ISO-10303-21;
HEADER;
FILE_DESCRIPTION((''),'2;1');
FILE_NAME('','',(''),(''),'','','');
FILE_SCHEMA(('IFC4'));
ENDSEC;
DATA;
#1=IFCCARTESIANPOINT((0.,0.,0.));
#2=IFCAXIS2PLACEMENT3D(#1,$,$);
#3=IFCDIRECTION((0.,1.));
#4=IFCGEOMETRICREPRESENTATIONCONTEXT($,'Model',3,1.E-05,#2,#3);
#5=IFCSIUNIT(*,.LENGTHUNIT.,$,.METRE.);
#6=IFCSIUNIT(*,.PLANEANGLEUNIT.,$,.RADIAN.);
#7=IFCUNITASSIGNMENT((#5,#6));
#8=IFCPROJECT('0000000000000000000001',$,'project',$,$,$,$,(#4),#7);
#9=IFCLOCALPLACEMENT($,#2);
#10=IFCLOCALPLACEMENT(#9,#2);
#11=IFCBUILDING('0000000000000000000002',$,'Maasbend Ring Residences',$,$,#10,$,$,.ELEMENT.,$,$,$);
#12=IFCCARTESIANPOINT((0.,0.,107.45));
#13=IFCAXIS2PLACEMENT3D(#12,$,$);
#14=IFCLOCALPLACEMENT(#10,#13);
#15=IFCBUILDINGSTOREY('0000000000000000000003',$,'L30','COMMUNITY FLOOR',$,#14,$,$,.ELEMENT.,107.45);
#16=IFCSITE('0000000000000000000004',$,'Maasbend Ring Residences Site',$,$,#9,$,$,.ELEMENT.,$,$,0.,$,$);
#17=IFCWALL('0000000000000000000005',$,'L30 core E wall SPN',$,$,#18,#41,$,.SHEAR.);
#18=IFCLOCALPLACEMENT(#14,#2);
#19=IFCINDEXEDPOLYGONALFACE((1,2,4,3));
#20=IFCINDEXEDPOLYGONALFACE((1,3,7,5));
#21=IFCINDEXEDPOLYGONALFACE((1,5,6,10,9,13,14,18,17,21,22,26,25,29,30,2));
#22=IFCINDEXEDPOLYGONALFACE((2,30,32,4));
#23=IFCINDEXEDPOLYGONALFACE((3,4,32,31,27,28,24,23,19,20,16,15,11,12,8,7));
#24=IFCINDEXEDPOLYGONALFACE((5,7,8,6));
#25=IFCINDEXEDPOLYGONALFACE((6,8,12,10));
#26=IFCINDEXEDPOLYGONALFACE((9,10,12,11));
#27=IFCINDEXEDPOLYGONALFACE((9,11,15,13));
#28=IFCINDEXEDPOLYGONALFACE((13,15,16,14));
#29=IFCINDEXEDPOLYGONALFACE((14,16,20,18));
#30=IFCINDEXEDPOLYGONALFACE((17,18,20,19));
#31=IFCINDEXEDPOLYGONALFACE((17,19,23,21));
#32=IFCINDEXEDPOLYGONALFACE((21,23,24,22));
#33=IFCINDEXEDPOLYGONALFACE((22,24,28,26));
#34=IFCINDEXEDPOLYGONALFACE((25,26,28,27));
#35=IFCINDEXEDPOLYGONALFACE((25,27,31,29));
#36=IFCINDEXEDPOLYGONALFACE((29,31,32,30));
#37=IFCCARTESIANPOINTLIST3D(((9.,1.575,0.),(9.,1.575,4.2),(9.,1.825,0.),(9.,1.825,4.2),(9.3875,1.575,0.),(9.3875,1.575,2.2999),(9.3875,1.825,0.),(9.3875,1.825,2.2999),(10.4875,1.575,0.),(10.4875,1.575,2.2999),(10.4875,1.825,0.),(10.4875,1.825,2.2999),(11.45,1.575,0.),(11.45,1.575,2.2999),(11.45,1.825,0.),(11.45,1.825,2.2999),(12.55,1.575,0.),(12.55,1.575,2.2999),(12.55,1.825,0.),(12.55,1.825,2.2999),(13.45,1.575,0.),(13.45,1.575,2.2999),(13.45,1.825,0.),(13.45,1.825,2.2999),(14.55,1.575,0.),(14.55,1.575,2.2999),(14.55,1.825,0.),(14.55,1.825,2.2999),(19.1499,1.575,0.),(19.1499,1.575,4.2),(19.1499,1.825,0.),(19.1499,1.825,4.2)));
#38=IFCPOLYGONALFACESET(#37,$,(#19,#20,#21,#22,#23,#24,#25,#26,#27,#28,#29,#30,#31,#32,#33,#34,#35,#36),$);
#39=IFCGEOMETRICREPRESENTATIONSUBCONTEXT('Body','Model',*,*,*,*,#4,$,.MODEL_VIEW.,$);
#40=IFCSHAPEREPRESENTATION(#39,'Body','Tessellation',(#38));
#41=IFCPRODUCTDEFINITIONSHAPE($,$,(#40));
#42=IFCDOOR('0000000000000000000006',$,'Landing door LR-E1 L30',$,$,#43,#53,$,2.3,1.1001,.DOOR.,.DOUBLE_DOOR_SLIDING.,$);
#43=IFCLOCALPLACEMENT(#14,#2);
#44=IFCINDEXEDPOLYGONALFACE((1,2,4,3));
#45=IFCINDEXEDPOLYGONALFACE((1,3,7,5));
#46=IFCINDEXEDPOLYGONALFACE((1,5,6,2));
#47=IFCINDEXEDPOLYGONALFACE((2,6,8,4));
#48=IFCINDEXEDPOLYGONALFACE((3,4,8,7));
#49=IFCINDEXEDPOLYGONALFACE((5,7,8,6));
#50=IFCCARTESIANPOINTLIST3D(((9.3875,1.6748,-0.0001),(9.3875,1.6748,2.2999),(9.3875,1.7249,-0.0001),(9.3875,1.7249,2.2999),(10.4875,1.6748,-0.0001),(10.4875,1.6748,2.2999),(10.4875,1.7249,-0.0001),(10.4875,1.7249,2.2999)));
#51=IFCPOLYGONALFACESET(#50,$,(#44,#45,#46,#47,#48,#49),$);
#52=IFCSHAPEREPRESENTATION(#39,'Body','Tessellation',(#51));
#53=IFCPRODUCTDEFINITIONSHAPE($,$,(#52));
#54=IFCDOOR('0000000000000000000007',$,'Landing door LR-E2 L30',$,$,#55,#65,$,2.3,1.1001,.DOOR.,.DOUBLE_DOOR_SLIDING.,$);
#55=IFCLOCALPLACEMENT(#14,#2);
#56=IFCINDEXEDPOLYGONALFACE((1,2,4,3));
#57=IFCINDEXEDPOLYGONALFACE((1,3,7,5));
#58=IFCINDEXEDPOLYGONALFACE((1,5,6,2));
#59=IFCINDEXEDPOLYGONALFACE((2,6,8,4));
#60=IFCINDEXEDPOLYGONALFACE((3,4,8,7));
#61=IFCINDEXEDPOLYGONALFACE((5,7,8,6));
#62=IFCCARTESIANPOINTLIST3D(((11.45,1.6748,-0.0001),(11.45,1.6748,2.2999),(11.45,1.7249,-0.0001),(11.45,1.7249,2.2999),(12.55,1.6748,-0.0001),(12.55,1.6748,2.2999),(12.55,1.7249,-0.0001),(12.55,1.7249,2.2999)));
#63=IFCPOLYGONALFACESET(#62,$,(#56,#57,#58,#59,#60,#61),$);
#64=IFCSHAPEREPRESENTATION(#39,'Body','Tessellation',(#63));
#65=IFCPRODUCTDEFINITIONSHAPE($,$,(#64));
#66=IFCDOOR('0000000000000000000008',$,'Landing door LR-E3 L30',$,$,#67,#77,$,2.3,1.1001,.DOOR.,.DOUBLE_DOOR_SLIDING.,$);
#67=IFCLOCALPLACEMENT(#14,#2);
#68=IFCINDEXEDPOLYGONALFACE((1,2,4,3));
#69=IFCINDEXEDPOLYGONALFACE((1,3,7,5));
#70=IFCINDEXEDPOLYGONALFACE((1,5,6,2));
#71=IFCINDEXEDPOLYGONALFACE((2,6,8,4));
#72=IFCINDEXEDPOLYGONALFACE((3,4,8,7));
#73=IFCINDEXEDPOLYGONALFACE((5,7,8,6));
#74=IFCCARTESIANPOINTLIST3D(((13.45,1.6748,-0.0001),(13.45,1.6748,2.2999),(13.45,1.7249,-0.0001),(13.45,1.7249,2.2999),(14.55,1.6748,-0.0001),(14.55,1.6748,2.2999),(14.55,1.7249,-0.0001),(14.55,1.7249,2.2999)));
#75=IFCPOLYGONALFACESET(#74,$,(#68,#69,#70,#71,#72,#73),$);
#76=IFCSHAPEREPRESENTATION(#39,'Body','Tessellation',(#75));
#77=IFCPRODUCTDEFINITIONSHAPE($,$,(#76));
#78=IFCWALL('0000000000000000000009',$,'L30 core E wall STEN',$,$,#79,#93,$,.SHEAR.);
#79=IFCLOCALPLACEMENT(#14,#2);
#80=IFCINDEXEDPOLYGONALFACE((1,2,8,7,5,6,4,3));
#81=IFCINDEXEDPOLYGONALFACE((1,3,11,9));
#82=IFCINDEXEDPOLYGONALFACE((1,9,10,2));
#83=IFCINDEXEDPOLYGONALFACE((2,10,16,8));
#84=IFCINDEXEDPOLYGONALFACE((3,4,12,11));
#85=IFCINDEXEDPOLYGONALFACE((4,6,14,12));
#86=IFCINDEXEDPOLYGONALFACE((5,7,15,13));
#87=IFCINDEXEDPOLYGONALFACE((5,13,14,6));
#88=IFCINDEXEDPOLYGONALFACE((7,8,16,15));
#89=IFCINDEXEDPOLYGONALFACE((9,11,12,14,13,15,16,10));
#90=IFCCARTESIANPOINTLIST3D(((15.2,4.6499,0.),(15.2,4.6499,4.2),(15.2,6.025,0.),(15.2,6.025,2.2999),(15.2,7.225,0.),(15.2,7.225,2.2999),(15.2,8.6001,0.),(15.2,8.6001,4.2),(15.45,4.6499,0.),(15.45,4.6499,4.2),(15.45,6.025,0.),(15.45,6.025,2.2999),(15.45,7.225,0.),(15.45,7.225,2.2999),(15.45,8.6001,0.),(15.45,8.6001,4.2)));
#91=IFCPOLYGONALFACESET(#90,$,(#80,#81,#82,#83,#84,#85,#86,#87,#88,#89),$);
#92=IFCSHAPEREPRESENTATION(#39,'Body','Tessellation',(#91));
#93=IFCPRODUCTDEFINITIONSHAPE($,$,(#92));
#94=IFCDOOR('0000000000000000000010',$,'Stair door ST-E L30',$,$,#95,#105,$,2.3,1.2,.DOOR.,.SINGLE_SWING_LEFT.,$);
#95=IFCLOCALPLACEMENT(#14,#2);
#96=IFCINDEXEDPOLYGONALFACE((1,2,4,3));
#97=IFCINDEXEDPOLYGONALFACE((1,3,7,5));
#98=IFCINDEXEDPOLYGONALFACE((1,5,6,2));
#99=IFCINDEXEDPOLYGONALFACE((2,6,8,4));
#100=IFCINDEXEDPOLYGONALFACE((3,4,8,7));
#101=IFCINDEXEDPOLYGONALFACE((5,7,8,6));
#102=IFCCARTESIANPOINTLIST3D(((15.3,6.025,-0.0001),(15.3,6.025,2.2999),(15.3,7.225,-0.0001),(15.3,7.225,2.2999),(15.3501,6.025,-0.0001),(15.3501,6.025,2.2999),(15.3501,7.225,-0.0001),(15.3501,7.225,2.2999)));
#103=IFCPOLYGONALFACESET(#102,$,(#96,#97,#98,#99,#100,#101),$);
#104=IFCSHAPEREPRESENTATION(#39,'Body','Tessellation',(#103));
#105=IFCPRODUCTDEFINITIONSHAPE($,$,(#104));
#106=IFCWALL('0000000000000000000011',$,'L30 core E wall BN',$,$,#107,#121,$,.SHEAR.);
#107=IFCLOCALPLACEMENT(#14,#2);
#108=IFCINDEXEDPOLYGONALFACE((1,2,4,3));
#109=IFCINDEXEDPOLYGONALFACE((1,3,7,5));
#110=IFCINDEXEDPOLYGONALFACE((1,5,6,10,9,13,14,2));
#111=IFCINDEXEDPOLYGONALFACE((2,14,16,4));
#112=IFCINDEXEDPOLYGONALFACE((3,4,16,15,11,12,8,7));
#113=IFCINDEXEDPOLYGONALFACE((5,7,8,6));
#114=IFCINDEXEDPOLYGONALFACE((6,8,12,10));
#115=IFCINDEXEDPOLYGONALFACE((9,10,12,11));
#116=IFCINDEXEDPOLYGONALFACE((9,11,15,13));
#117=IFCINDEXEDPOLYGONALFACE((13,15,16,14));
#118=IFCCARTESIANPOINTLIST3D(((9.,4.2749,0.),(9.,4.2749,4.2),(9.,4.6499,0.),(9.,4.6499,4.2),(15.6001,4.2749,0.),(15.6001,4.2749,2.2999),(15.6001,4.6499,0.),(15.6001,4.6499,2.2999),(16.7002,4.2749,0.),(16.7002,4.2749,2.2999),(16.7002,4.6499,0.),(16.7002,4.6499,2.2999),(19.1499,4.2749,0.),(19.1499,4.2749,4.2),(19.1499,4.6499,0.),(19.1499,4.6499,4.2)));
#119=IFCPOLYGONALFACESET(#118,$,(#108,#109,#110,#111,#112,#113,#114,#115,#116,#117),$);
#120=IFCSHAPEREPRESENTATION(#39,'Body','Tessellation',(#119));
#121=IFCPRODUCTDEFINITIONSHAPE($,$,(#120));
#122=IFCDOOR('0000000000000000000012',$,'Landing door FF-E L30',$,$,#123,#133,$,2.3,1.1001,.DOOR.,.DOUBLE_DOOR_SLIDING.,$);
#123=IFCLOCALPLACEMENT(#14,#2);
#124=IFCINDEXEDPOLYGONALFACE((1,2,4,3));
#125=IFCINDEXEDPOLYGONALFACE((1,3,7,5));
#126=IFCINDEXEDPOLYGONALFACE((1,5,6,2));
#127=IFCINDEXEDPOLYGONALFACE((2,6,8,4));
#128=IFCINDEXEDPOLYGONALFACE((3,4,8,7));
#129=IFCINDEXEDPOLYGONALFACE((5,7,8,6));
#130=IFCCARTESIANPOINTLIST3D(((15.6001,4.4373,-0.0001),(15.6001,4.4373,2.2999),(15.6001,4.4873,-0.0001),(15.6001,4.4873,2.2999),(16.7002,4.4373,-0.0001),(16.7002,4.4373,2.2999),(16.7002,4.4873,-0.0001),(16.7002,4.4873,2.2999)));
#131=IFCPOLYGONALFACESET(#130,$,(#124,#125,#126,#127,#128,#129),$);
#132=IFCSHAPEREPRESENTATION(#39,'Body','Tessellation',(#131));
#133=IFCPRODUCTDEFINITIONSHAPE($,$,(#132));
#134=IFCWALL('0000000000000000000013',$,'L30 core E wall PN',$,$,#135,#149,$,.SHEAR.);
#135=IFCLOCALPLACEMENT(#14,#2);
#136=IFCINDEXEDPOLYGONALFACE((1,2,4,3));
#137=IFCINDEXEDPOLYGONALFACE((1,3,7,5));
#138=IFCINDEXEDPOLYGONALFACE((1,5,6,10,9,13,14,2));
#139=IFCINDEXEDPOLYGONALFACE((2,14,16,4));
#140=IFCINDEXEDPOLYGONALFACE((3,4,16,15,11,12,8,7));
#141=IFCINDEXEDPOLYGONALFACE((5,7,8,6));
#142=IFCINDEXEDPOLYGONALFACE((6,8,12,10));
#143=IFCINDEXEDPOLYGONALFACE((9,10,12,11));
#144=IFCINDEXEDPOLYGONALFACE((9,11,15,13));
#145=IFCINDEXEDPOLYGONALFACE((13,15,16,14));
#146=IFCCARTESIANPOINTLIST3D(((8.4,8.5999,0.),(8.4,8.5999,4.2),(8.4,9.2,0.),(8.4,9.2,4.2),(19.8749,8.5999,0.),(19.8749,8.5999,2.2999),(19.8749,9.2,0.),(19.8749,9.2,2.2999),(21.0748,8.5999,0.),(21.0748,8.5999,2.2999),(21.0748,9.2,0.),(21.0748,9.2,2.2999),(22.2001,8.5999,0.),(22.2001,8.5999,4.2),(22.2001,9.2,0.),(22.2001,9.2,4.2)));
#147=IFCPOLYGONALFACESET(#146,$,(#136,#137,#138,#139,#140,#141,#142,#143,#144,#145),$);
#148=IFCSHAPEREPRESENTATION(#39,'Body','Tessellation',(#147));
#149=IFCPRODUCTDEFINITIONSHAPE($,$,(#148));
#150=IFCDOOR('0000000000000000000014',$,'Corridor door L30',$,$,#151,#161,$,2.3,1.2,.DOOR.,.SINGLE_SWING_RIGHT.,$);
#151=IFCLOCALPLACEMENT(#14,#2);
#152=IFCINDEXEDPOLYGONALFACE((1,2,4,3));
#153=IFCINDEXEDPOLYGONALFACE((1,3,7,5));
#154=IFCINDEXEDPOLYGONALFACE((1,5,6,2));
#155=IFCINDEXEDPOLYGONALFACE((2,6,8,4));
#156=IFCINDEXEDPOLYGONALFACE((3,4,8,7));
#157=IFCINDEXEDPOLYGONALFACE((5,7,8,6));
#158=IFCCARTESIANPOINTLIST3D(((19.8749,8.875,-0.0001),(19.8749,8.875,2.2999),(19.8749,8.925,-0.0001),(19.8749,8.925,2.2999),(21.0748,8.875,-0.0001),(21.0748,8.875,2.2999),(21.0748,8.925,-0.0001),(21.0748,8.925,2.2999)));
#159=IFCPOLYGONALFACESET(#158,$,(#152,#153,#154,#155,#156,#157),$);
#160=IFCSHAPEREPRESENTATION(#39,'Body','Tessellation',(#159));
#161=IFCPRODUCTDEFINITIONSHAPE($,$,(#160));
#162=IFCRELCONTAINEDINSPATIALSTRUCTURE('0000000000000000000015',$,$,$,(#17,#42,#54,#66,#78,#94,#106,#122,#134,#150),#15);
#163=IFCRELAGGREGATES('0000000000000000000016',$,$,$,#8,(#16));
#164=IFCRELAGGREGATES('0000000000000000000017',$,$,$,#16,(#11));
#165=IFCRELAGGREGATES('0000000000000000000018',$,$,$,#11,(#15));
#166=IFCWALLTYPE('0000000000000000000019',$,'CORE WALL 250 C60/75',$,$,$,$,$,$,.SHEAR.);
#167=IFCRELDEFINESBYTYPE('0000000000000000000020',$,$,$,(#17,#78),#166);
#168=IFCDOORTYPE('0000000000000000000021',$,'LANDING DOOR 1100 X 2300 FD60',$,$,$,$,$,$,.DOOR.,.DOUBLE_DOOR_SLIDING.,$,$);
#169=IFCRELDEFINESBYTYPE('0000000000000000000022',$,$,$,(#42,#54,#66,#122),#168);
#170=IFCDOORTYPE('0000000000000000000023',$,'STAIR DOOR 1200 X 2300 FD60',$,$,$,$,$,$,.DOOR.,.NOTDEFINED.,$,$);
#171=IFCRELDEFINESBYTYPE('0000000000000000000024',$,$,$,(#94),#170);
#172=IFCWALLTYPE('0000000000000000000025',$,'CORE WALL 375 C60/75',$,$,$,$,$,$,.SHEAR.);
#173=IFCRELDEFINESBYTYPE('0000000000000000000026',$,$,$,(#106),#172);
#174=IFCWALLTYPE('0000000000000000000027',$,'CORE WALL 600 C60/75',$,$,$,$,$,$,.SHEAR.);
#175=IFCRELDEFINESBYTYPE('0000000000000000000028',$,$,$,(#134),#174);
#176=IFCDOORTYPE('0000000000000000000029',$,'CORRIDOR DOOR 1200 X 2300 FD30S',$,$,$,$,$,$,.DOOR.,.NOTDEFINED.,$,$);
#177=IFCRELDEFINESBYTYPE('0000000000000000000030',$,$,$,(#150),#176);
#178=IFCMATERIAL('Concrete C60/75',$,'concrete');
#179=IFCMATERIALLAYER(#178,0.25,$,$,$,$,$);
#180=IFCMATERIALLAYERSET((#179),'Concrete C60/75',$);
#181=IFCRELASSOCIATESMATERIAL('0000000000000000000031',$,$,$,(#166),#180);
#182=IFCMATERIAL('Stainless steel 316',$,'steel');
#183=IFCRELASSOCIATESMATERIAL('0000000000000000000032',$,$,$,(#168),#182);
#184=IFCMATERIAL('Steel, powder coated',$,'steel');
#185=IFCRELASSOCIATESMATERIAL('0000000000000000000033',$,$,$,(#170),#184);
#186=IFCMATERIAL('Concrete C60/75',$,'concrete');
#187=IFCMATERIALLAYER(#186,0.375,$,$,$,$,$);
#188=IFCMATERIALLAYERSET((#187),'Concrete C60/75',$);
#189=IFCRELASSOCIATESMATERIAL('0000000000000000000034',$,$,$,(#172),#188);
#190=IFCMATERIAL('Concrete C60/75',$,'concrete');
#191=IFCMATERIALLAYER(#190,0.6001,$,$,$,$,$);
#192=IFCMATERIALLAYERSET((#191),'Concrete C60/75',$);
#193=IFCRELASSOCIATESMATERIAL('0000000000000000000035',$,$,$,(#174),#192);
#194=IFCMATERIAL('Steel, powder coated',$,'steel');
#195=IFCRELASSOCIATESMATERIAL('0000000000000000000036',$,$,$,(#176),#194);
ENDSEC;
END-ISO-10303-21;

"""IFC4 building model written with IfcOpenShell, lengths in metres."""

from ifc_helpers import new_model, si_unit, direction, frame, frame_2d, origin, place, context, subcontext, project, spatial, rectangle, extrude, material, layer, layer_set, type_object, element, fill, save


model = new_model("IFC4")

# Units and contexts
model_context = context("Model", 3, precision=1e-05, world=origin(), true_north=direction((0.0, 1.0)))
body_context = subcontext(model_context, "Body", "Model", "MODEL_VIEW")
ifc_project = project(units=[si_unit("LENGTHUNIT", "METRE"), si_unit("PLANEANGLEUNIT", "RADIAN")], contexts=[model_context])

# Site, building, storey
site_placement = place(None, origin())
site = spatial("IfcSite", under=ifc_project, at=site_placement, Name="Maasbend Ring Residences Site", CompositionType="ELEMENT", RefElevation=0.0)
building_placement = place(site_placement, origin())
building = spatial("IfcBuilding", under=site, at=building_placement, Name="Maasbend Ring Residences", CompositionType="ELEMENT")
storey_placement = place(building_placement, frame((0.0, 0.0, 107.45)))
storey = spatial("IfcBuildingStorey", under=building, at=storey_placement, Name="L30", Description="COMMUNITY FLOOR", CompositionType="ELEMENT", Elevation=107.45)

# Wall, openings, doors
ifc_material_1 = material(Name="Concrete C60/75", Category="concrete")
ifc_layer_1 = layer(ifc_material_1, 0.25)
ifc_layer_set_1 = layer_set([ifc_layer_1], Name="Concrete C60/75")
wall_type_1 = type_object("IfcWallType", Name="CORE WALL 250 C60/75", PredefinedType="SHEAR", material=ifc_layer_set_1)
wall_1_placement = place(storey_placement, frame((9.0, 1.7, 0.0), z_axis=(0.0, 0.0, 1.0), x_axis=(1.0, 0.0, 0.0)))
wall_1 = element("IfcWall", 1, at=wall_1_placement, inside=storey, type_object=wall_type_1, Name="L30 core E wall SPN", PredefinedType="SHEAR", context=body_context, shape_type="SweptSolid", body=[
    extrude(rectangle(XDim=10.1499, YDim=0.25, at=frame_2d((5.075, 0.0))), origin(), (0.0, 0.0, 1.0), 4.2),
])
opening_1_placement = place(wall_1_placement, frame((0.3875, 0.0, 0.0)))
opening_1 = element("IfcOpeningElement", 2, at=opening_1_placement, cuts=wall_1, PredefinedType="OPENING", context=body_context, shape_type="SweptSolid", body=[
    extrude(rectangle(XDim=1.1001, YDim=2.3, at=frame_2d((0.55, 1.1499))), frame((0.0, 0.135, 0.0), z_axis=(0.0, -1.0, 0.0), x_axis=(1.0, 0.0, 0.0)), (0.0, 0.0, 1.0), 0.27),
])
opening_2_placement = place(wall_1_placement, frame((2.45, 0.0, 0.0)))
opening_2 = element("IfcOpeningElement", 3, at=opening_2_placement, cuts=wall_1, PredefinedType="OPENING", context=body_context, shape_type="SweptSolid", body=[
    extrude(rectangle(XDim=1.1001, YDim=2.3, at=frame_2d((0.55, 1.1499))), frame((0.0, 0.135, 0.0), z_axis=(0.0, -1.0, 0.0), x_axis=(1.0, 0.0, 0.0)), (0.0, 0.0, 1.0), 0.27),
])
opening_3_placement = place(wall_1_placement, frame((4.45, 0.0, 0.0)))
opening_3 = element("IfcOpeningElement", 4, at=opening_3_placement, cuts=wall_1, PredefinedType="OPENING", context=body_context, shape_type="SweptSolid", body=[
    extrude(rectangle(XDim=1.1001, YDim=2.3, at=frame_2d((0.55, 1.1499))), frame((0.0, 0.135, 0.0), z_axis=(0.0, -1.0, 0.0), x_axis=(1.0, 0.0, 0.0)), (0.0, 0.0, 1.0), 0.27),
])
ifc_material_2 = material(Name="Stainless steel 316", Category="steel")
door_type_1 = type_object("IfcDoorType", Name="LANDING DOOR 1100 X 2300 FD60", OperationType="DOUBLE_DOOR_SLIDING", PredefinedType="DOOR", material=ifc_material_2)
door_1_placement = place(opening_1_placement, origin())
door_1 = element("IfcDoor", 5, at=door_1_placement, inside=storey, type_object=door_type_1, Name="Landing door LR-E1 L30", OperationType="DOUBLE_DOOR_SLIDING", OverallHeight=2.3, OverallWidth=1.1001, PredefinedType="DOOR", context=body_context, shape_type="SweptSolid", body=[
    extrude(rectangle(XDim=1.1001, YDim=2.3, at=frame_2d((0.55, 1.1499))), frame((0.0, 0.0249, 0.0), z_axis=(0.0, -1.0, 0.0), x_axis=(1.0, 0.0, 0.0)), (0.0, 0.0, 1.0), 0.05),
])
fill(opening_1, door_1)
door_2_placement = place(opening_2_placement, origin())
door_2 = element("IfcDoor", 6, at=door_2_placement, inside=storey, type_object=door_type_1, Name="Landing door LR-E2 L30", OperationType="DOUBLE_DOOR_SLIDING", OverallHeight=2.3, OverallWidth=1.1001, PredefinedType="DOOR", context=body_context, shape_type="SweptSolid", body=[
    extrude(rectangle(XDim=1.1001, YDim=2.3, at=frame_2d((0.55, 1.1499))), frame((0.0, 0.0249, 0.0), z_axis=(0.0, -1.0, 0.0), x_axis=(1.0, 0.0, 0.0)), (0.0, 0.0, 1.0), 0.05),
])
fill(opening_2, door_2)
door_3_placement = place(opening_3_placement, origin())
door_3 = element("IfcDoor", 7, at=door_3_placement, inside=storey, type_object=door_type_1, Name="Landing door LR-E3 L30", OperationType="DOUBLE_DOOR_SLIDING", OverallHeight=2.3, OverallWidth=1.1001, PredefinedType="DOOR", context=body_context, shape_type="SweptSolid", body=[
    extrude(rectangle(XDim=1.1001, YDim=2.3, at=frame_2d((0.55, 1.1499))), frame((0.0, 0.0249, 0.0), z_axis=(0.0, -1.0, 0.0), x_axis=(1.0, 0.0, 0.0)), (0.0, 0.0, 1.0), 0.05),
])
fill(opening_3, door_3)

# Walls, openings, doors
wall_2_placement = place(storey_placement, frame((15.325, 4.6499, 0.0), z_axis=(0.0, 0.0, 1.0), x_axis=(0.0, 1.0, 0.0)))
wall_2 = element("IfcWall", 8, at=wall_2_placement, inside=storey, type_object=wall_type_1, Name="L30 core E wall STEN", PredefinedType="SHEAR", context=body_context, shape_type="SweptSolid", body=[
    extrude(rectangle(XDim=3.9502, YDim=0.25, at=frame_2d((1.9751, 0.0))), origin(), (0.0, 0.0, 1.0), 4.2),
])
opening_4_placement = place(wall_2_placement, frame((1.375, 0.0, 0.0)))
opening_4 = element("IfcOpeningElement", 9, at=opening_4_placement, cuts=wall_2, PredefinedType="OPENING", context=body_context, shape_type="SweptSolid", body=[
    extrude(rectangle(XDim=1.2, YDim=2.3, at=frame_2d((0.6001, 1.1499))), frame((0.0, 0.135, 0.0), z_axis=(0.0, -1.0, 0.0), x_axis=(1.0, 0.0, 0.0)), (0.0, 0.0, 1.0), 0.27),
])
ifc_material_3 = material(Name="Steel, powder coated", Category="steel")
door_type_2 = type_object("IfcDoorType", Name="STAIR DOOR 1200 X 2300 FD60", OperationType="NOTDEFINED", PredefinedType="DOOR", material=ifc_material_3)
door_4_placement = place(opening_4_placement, origin())
door_4 = element("IfcDoor", 10, at=door_4_placement, inside=storey, type_object=door_type_2, Name="Stair door ST-E L30", OperationType="SINGLE_SWING_LEFT", OverallHeight=2.3, OverallWidth=1.2, PredefinedType="DOOR", context=body_context, shape_type="SweptSolid", body=[
    extrude(rectangle(XDim=1.2, YDim=2.3, at=frame_2d((0.6001, 1.1499))), frame((0.0, 0.0249, 0.0), z_axis=(0.0, -1.0, 0.0), x_axis=(1.0, 0.0, 0.0)), (0.0, 0.0, 1.0), 0.05),
])
fill(opening_4, door_4)
ifc_material_4 = material(Name="Concrete C60/75", Category="concrete")
ifc_layer_2 = layer(ifc_material_4, 0.375)
ifc_layer_set_2 = layer_set([ifc_layer_2], Name="Concrete C60/75")
wall_type_2 = type_object("IfcWallType", Name="CORE WALL 375 C60/75", PredefinedType="SHEAR", material=ifc_layer_set_2)
wall_3_placement = place(storey_placement, frame((9.0, 4.4624, 0.0), z_axis=(0.0, 0.0, 1.0), x_axis=(1.0, 0.0, 0.0)))
wall_3 = element("IfcWall", 11, at=wall_3_placement, inside=storey, type_object=wall_type_2, Name="L30 core E wall BN", PredefinedType="SHEAR", context=body_context, shape_type="SweptSolid", body=[
    extrude(rectangle(XDim=10.1499, YDim=0.375, at=frame_2d((5.075, 0.0))), origin(), (0.0, 0.0, 1.0), 4.2),
])
opening_5_placement = place(wall_3_placement, frame((6.6001, 0.0, 0.0)))
opening_5 = element("IfcOpeningElement", 12, at=opening_5_placement, cuts=wall_3, PredefinedType="OPENING", context=body_context, shape_type="SweptSolid", body=[
    extrude(rectangle(XDim=1.1001, YDim=2.3, at=frame_2d((0.55, 1.1499))), frame((0.0, 0.1975, 0.0), z_axis=(0.0, -1.0, 0.0), x_axis=(1.0, 0.0, 0.0)), (0.0, 0.0, 1.0), 0.395),
])
door_5_placement = place(opening_5_placement, origin())
door_5 = element("IfcDoor", 13, at=door_5_placement, inside=storey, type_object=door_type_1, Name="Landing door FF-E L30", OperationType="DOUBLE_DOOR_SLIDING", OverallHeight=2.3, OverallWidth=1.1001, PredefinedType="DOOR", context=body_context, shape_type="SweptSolid", body=[
    extrude(rectangle(XDim=1.1001, YDim=2.3, at=frame_2d((0.55, 1.1499))), frame((0.0, 0.0249, 0.0), z_axis=(0.0, -1.0, 0.0), x_axis=(1.0, 0.0, 0.0)), (0.0, 0.0, 1.0), 0.05),
])
fill(opening_5, door_5)
ifc_material_5 = material(Name="Concrete C60/75", Category="concrete")
ifc_layer_3 = layer(ifc_material_5, 0.6001)
ifc_layer_set_3 = layer_set([ifc_layer_3], Name="Concrete C60/75")
wall_type_3 = type_object("IfcWallType", Name="CORE WALL 600 C60/75", PredefinedType="SHEAR", material=ifc_layer_set_3)
wall_4_placement = place(storey_placement, frame((22.2, 8.8999, 0.0), z_axis=(0.0, 0.0, 1.0), x_axis=(-1.0, 0.0, 0.0)))
wall_4 = element("IfcWall", 14, at=wall_4_placement, inside=storey, type_object=wall_type_3, Name="L30 core E wall PN", PredefinedType="SHEAR", context=body_context, shape_type="SweptSolid", body=[
    extrude(rectangle(XDim=13.8, YDim=0.6001, at=frame_2d((6.8999, 0.0))), origin(), (0.0, 0.0, 1.0), 4.2),
])
opening_6_placement = place(wall_4_placement, frame((1.125, 0.0, 0.0)))
opening_6 = element("IfcOpeningElement", 15, at=opening_6_placement, cuts=wall_4, PredefinedType="OPENING", context=body_context, shape_type="SweptSolid", body=[
    extrude(rectangle(XDim=1.2, YDim=2.3, at=frame_2d((0.6001, 1.1499))), frame((0.0, 0.3101, 0.0), z_axis=(0.0, -1.0, 0.0), x_axis=(1.0, 0.0, 0.0)), (0.0, 0.0, 1.0), 0.6201),
])
ifc_material_6 = material(Name="Steel, powder coated", Category="steel")
door_type_3 = type_object("IfcDoorType", Name="CORRIDOR DOOR 1200 X 2300 FD30S", OperationType="NOTDEFINED", PredefinedType="DOOR", material=ifc_material_6)
door_6_placement = place(opening_6_placement, origin())
door_6 = element("IfcDoor", 16, at=door_6_placement, inside=storey, type_object=door_type_3, Name="Corridor door L30", OperationType="SINGLE_SWING_RIGHT", OverallHeight=2.3, OverallWidth=1.2, PredefinedType="DOOR", context=body_context, shape_type="SweptSolid", body=[
    extrude(rectangle(XDim=1.2, YDim=2.3, at=frame_2d((0.6001, 1.1499))), frame((0.0, 0.0249, 0.0), z_axis=(0.0, -1.0, 0.0), x_axis=(1.0, 0.0, 0.0)), (0.0, 0.0, 1.0), 0.05),
])
fill(opening_6, door_6)

save(model, "model.ifc")
